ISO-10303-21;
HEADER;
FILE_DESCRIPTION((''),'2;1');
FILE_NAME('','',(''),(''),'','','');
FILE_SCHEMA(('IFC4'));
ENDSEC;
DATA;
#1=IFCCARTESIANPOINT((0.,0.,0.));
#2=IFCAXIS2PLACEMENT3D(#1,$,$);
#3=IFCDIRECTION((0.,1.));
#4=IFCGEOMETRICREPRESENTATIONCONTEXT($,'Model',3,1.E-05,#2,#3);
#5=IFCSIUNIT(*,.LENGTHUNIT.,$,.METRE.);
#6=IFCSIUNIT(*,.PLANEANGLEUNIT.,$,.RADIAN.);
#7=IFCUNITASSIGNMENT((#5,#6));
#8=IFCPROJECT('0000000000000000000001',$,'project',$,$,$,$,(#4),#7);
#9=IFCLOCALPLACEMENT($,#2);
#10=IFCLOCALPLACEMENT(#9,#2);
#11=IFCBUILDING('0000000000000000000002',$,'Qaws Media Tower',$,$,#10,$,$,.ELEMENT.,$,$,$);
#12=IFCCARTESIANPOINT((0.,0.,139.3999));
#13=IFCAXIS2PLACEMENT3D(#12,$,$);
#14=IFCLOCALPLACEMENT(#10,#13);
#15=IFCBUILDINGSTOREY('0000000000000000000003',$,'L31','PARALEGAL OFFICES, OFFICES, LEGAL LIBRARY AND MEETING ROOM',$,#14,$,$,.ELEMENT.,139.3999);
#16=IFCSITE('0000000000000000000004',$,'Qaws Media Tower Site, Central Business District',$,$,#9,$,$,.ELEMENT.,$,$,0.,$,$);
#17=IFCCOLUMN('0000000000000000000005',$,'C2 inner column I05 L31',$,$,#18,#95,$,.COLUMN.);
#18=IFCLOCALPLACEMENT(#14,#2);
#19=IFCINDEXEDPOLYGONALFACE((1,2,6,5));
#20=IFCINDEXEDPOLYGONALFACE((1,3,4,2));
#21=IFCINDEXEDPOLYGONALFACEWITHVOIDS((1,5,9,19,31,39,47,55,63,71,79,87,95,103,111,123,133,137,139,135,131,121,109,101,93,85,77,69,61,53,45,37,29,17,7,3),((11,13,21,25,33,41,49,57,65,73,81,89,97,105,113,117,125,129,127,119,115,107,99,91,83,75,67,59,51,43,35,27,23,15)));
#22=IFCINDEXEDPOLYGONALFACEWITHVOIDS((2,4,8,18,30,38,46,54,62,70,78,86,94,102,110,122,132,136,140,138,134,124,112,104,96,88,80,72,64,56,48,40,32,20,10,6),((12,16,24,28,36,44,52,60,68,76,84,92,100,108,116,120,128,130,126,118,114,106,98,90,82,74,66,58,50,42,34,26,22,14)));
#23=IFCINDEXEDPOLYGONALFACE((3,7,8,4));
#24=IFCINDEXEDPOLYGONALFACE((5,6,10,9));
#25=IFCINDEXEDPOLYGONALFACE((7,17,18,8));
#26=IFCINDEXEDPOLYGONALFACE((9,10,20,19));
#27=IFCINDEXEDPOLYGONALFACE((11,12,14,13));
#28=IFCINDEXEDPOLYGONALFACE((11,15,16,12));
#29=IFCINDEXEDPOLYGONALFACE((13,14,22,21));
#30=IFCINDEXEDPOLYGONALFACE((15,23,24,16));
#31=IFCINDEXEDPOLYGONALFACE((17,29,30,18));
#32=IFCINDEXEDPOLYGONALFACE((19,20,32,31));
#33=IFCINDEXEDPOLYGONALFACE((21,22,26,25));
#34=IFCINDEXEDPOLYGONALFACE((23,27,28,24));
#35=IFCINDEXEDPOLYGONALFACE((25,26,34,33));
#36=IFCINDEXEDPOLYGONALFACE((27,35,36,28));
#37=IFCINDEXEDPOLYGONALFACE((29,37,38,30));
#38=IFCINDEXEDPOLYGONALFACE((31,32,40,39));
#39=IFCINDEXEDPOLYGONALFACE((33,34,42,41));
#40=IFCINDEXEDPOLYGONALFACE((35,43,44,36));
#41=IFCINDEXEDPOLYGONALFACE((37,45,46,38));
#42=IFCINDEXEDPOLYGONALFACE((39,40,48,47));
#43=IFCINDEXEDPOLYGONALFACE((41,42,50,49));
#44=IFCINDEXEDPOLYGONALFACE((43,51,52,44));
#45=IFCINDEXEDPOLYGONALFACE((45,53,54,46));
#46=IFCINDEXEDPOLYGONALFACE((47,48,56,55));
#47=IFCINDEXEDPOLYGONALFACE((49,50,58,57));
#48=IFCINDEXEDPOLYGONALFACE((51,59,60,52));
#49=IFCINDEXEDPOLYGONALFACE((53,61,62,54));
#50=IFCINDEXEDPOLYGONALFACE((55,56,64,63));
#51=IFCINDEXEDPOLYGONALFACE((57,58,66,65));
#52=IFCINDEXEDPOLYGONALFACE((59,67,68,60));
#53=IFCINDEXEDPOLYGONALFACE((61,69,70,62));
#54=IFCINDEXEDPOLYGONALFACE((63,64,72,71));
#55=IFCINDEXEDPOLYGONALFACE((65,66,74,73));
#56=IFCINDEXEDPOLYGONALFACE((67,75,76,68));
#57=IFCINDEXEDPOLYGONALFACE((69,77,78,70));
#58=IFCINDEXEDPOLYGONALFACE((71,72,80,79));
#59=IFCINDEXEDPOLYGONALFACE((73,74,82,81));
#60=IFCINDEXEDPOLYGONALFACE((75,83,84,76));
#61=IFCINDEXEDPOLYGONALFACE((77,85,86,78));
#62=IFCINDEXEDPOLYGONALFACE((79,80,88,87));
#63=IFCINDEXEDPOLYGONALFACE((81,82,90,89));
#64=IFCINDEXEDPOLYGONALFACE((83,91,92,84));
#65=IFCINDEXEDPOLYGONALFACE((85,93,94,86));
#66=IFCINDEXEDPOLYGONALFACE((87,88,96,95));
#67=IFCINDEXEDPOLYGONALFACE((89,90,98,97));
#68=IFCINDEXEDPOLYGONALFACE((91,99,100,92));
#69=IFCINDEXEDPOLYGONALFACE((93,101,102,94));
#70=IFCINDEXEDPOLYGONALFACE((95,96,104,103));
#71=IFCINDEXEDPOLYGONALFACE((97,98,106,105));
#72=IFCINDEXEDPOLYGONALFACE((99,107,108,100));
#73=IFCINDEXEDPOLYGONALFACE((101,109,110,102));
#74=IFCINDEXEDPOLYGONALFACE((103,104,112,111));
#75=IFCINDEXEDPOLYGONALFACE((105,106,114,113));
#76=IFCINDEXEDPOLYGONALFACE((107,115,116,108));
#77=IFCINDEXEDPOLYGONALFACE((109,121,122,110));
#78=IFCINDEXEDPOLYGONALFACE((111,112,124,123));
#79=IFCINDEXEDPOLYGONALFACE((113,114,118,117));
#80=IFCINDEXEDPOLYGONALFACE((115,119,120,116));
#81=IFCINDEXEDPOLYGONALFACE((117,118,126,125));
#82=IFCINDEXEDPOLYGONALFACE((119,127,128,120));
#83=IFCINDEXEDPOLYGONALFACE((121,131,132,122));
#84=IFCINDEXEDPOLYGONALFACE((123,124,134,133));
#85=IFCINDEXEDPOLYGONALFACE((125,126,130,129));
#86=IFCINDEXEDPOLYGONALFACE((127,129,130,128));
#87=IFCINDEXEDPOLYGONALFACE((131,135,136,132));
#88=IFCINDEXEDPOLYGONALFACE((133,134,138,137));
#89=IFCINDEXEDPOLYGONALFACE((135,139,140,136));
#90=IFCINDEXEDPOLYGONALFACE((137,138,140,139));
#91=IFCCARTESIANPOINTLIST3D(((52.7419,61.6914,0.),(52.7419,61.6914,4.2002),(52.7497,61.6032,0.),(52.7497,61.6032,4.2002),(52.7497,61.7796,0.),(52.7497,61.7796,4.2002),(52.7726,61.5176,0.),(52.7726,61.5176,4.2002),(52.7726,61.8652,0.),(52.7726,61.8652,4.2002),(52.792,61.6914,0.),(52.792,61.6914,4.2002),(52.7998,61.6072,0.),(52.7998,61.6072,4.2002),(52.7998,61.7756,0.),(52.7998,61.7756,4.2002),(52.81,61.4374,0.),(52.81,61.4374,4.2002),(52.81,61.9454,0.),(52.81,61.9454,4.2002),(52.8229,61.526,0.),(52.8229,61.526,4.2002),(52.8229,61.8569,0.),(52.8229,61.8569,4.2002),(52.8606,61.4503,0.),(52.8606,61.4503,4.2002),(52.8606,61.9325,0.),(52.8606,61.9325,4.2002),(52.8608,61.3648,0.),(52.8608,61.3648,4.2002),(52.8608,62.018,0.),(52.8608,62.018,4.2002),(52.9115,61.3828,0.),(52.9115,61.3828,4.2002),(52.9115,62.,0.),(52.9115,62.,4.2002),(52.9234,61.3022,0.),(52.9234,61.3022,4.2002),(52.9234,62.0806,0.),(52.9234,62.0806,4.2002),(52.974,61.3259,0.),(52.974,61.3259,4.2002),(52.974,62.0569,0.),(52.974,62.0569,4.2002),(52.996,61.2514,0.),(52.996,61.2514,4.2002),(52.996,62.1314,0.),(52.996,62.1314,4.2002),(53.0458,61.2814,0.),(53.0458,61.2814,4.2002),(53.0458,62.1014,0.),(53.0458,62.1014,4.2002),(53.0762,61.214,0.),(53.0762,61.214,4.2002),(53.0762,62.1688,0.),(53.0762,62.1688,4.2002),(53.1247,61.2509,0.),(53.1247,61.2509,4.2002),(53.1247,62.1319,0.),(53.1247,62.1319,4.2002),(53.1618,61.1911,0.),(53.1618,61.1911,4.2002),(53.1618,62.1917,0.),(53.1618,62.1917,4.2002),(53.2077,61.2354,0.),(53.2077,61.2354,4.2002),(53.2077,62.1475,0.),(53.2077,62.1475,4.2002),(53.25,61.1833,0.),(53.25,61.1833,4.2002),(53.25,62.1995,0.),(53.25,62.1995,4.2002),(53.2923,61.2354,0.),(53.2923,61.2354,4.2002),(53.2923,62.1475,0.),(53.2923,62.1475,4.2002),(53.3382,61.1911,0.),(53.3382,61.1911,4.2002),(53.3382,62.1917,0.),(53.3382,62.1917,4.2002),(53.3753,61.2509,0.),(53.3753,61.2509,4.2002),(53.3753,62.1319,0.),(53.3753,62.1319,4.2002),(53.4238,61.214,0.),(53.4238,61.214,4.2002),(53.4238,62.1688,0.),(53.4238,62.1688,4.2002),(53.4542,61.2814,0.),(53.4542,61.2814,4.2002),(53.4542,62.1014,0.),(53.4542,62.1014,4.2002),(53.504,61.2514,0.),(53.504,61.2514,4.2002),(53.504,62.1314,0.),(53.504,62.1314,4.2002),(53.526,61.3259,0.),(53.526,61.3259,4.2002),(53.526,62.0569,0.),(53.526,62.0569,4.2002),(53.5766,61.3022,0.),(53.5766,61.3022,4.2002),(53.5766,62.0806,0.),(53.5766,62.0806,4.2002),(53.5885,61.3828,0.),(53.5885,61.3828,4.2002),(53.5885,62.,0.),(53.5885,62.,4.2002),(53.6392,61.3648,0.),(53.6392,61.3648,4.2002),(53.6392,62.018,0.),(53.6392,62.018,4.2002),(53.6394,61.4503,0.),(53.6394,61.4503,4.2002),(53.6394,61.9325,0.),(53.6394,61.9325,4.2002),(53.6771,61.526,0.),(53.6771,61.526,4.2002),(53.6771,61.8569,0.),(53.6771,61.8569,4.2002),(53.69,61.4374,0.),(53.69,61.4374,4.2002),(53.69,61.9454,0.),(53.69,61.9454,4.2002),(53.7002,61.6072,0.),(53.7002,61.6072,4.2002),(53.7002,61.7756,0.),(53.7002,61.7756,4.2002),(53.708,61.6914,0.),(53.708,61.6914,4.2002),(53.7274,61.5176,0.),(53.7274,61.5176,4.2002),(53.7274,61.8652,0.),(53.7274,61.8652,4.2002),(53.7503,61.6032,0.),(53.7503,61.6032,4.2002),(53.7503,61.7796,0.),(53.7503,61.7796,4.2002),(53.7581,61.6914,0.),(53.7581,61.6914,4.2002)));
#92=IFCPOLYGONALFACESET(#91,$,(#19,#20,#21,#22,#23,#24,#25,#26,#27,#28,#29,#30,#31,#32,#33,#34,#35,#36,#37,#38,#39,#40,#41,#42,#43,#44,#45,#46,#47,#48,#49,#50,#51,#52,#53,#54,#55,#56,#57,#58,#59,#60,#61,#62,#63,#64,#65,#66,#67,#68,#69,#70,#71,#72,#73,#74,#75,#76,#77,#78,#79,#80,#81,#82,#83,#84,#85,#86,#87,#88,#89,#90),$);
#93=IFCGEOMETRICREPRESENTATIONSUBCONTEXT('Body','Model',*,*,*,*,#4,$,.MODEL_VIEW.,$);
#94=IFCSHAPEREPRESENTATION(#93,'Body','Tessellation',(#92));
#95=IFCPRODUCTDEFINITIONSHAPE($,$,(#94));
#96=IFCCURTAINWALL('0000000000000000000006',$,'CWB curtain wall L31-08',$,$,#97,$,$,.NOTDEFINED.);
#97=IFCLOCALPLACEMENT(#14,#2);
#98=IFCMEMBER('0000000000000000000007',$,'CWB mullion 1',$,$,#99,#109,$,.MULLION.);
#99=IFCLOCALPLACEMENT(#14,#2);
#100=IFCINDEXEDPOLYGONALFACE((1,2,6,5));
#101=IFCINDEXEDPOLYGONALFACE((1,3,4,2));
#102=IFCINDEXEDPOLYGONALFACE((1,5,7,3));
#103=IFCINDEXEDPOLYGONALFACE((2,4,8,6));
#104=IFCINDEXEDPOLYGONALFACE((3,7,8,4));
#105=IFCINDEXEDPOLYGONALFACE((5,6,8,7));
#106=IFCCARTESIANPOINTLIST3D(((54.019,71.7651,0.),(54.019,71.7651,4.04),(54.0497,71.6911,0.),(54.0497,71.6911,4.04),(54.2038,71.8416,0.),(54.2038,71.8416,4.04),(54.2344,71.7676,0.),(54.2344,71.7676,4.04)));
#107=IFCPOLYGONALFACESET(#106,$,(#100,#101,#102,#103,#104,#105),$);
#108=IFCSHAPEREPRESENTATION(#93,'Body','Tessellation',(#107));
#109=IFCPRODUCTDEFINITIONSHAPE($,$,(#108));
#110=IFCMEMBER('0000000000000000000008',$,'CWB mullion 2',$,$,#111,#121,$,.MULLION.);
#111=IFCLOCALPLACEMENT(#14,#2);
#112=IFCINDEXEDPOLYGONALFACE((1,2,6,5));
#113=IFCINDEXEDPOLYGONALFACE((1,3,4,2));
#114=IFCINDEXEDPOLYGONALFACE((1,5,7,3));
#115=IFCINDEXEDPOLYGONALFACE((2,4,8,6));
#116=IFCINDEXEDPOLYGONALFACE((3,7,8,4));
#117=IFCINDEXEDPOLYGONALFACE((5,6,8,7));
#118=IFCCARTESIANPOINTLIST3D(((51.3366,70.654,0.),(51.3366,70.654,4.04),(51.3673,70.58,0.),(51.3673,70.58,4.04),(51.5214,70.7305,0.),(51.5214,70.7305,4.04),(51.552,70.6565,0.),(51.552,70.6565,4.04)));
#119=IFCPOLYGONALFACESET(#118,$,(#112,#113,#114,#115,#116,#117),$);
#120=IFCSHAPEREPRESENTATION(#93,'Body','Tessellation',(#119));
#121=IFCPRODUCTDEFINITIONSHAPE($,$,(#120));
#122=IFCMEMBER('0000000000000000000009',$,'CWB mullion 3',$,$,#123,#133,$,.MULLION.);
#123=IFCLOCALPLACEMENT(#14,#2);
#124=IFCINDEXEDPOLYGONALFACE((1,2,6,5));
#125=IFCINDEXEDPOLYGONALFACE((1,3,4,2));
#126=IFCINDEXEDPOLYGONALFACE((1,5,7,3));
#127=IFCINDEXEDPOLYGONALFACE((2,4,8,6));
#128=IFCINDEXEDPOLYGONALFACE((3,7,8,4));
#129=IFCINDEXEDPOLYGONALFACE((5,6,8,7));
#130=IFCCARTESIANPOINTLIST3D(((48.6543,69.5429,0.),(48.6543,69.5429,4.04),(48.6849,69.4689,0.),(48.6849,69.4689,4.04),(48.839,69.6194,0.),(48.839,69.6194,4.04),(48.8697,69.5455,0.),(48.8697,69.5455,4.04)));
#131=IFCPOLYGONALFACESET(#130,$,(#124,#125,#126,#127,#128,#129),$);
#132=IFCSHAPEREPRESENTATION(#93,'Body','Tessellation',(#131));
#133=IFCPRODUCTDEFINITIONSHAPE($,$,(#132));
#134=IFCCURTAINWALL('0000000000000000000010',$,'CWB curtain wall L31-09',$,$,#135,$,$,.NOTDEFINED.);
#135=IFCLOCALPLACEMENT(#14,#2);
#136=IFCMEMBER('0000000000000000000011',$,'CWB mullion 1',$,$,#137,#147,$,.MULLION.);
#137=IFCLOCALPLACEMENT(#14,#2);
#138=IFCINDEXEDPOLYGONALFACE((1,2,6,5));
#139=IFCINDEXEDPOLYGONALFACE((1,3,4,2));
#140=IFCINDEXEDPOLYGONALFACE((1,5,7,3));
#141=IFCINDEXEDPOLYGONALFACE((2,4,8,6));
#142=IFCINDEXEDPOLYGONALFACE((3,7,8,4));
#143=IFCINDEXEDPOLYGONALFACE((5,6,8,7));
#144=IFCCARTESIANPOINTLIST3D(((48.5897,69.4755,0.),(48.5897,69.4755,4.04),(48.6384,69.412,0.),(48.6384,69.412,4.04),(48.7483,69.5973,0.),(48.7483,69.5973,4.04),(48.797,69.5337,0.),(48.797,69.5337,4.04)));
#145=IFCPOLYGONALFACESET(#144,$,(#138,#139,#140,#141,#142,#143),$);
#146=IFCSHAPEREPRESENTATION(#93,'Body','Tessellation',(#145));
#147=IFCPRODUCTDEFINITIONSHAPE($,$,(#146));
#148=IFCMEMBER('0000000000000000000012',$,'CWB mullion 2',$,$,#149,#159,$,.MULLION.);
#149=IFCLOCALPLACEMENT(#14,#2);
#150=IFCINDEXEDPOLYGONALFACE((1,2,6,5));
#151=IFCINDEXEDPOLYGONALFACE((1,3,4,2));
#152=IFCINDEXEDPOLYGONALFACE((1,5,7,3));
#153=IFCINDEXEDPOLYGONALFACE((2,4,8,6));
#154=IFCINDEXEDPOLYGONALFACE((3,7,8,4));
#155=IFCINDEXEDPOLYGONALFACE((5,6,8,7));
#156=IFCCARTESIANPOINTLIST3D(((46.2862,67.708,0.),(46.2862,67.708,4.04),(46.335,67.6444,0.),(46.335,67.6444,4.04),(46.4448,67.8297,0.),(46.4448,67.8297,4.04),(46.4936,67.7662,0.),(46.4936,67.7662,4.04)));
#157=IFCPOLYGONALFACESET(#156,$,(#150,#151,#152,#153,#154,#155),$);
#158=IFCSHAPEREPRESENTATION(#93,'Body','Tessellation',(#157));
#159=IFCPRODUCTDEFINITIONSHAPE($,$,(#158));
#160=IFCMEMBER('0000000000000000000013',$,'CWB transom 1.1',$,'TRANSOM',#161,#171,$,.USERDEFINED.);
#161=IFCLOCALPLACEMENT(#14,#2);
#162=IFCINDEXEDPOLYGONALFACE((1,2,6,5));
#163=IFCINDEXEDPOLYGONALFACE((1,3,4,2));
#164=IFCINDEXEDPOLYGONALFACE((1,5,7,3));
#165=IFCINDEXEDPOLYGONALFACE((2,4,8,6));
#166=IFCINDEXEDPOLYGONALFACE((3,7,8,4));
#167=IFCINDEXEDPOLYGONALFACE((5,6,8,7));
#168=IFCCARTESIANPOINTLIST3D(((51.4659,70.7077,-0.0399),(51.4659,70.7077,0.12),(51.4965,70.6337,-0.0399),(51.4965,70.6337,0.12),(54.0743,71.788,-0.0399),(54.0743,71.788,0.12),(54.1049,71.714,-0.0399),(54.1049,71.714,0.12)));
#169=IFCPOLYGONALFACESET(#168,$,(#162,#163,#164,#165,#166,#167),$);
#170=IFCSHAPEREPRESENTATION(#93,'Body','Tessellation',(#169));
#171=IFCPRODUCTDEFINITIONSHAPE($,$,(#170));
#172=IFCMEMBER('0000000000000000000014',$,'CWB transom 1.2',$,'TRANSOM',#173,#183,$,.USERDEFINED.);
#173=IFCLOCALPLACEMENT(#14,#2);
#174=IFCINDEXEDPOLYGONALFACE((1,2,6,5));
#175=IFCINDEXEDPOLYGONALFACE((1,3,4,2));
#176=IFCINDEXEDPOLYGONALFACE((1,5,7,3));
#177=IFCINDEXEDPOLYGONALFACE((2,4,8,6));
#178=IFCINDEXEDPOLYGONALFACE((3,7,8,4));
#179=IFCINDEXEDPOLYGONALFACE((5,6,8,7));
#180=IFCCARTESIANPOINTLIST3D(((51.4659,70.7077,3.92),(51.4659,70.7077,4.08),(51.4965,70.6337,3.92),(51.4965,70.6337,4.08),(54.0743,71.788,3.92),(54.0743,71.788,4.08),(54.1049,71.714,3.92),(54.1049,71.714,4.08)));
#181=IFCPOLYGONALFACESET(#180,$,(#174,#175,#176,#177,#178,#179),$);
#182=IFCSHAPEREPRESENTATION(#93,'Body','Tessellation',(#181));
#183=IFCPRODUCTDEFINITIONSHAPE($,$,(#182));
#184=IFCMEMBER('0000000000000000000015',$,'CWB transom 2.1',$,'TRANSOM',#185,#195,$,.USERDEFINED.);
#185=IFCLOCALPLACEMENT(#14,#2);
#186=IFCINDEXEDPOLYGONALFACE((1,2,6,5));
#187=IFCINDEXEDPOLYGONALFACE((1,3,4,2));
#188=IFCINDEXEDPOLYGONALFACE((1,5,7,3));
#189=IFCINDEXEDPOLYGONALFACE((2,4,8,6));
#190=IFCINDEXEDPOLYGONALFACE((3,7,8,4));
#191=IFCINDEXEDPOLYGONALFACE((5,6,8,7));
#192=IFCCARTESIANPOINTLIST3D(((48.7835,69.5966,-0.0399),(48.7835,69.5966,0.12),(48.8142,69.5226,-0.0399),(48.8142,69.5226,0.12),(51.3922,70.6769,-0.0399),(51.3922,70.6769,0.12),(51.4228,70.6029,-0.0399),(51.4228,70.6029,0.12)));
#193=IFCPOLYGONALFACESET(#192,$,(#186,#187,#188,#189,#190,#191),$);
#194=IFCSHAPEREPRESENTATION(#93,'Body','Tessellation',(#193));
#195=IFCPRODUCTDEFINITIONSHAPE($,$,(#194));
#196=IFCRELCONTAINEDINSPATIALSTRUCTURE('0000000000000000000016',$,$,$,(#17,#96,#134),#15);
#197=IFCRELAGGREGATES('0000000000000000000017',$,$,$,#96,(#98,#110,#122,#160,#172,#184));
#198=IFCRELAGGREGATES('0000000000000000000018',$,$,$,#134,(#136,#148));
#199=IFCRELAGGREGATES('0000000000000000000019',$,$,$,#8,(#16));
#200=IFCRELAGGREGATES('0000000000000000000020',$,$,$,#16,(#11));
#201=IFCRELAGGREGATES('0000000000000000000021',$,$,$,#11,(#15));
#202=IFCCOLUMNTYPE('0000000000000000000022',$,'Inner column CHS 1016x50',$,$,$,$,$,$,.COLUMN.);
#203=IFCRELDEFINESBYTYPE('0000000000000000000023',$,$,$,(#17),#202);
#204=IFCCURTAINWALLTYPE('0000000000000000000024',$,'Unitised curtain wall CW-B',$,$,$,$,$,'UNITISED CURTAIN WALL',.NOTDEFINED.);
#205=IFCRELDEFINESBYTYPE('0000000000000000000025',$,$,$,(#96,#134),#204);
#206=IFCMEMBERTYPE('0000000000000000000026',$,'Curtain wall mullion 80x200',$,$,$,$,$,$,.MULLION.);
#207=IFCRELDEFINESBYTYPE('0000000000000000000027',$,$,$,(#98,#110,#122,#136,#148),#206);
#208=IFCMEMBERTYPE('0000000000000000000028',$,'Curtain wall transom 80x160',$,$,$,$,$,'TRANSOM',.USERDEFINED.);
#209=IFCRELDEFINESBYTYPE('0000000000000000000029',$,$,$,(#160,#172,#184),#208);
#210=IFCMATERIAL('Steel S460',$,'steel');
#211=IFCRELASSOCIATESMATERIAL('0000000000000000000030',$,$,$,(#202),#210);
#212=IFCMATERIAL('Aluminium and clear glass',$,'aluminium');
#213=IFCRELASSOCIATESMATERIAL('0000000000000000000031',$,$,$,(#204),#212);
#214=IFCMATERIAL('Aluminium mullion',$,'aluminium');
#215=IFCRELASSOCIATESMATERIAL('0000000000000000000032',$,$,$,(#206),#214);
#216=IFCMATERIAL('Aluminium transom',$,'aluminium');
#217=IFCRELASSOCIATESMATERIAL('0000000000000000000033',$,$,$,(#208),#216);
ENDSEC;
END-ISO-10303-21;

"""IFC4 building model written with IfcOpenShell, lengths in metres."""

from ifc_helpers import new_model, si_unit, direction, frame, origin, origin_2d, place, context, subcontext, project, spatial, rectangle, hollow_circle, extrude, material, material_profile, profile_set, type_object, element, aggregate, save


model = new_model("IFC4")

# Units and contexts
model_context = context("Model", 3, precision=1e-05, world=origin(), true_north=direction((0.0, 1.0)))
body_context = subcontext(model_context, "Body", "Model", "MODEL_VIEW")
ifc_project = project(units=[si_unit("LENGTHUNIT", "METRE"), si_unit("PLANEANGLEUNIT", "RADIAN")], contexts=[model_context])

# Site, building, storey
site_placement = place(None, origin())
site = spatial("IfcSite", under=ifc_project, at=site_placement, Name="Qaws Media Tower Site, Central Business District", CompositionType="ELEMENT", RefElevation=0.0)
building_placement = place(site_placement, origin())
building = spatial("IfcBuilding", under=site, at=building_placement, Name="Qaws Media Tower", CompositionType="ELEMENT")
storey_placement = place(building_placement, frame((0.0, 0.0, 139.3999)))
storey = spatial("IfcBuildingStorey", under=building, at=storey_placement, Name="L31", Description="PARALEGAL OFFICES, OFFICES, LEGAL LIBRARY AND MEETING ROOM", CompositionType="ELEMENT", Elevation=139.3999)

# Column
ifc_material_1 = material(Name="Steel S460", Category="steel")
ifc_material_profile_1 = material_profile(ifc_material_1, hollow_circle(Radius=0.5081, WallThickness=0.05, at=origin_2d()), Name="CHS 1016x50")
ifc_profile_set_1 = profile_set([ifc_material_profile_1], Name="Steel S460")
column_type = type_object("IfcColumnType", Name="Inner column CHS 1016x50", PredefinedType="COLUMN", material=ifc_profile_set_1)
column_placement = place(storey_placement, frame((53.25, 61.6914, 0.0), z_axis=(0.0, 0.0, 1.0), x_axis=(1.0, 0.0, 0.0)))
element("IfcColumn", 1, at=column_placement, inside=storey, type_object=column_type, Name="C2 inner column I05 L31", PredefinedType="COLUMN", context=body_context, shape_type="SweptSolid", body=[
    extrude(hollow_circle(Radius=0.5081, WallThickness=0.05, at=origin_2d()), origin(), (0.0, 0.0, 1.0), 4.2002),
])

# Curtain walls, members
ifc_material_2 = material(Name="Aluminium and clear glass", Category="aluminium")
curtain_wall_type = type_object("IfcCurtainWallType", Name="Unitised curtain wall CW-B", ElementType="UNITISED CURTAIN WALL", PredefinedType="NOTDEFINED", material=ifc_material_2)
curtain_wall_1_placement = place(storey_placement, origin())
curtain_wall_1 = element("IfcCurtainWall", 2, at=curtain_wall_1_placement, inside=storey, type_object=curtain_wall_type, Name="CWB curtain wall L31-08", PredefinedType="NOTDEFINED")
ifc_material_3 = material(Name="Aluminium mullion", Category="aluminium")
ifc_material_profile_2 = material_profile(ifc_material_3, rectangle(XDim=0.0801, YDim=0.2, at=origin_2d()), Name="80x200")
ifc_profile_set_2 = profile_set([ifc_material_profile_2], Name="Aluminium mullion")
member_type_1 = type_object("IfcMemberType", Name="Curtain wall mullion 80x200", PredefinedType="MULLION", material=ifc_profile_set_2)
member_1_placement = place(storey_placement, frame((54.1267, 71.7664, 0.0), z_axis=(0.0, 0.0, 1.0), x_axis=(0.382683, -0.92388, 0.0)))
member_1 = element("IfcMember", 3, at=member_1_placement, type_object=member_type_1, Name="CWB mullion 1", PredefinedType="MULLION", context=body_context, shape_type="SweptSolid", body=[
    extrude(rectangle(XDim=0.0801, YDim=0.2, at=origin_2d()), origin(), (0.0, 0.0, 1.0), 4.04),
])
member_2_placement = place(storey_placement, frame((51.4443, 70.6553, 0.0), z_axis=(0.0, 0.0, 1.0), x_axis=(0.382683, -0.92388, 0.0)))
member_2 = element("IfcMember", 4, at=member_2_placement, type_object=member_type_1, Name="CWB mullion 2", PredefinedType="MULLION", context=body_context, shape_type="SweptSolid", body=[
    extrude(rectangle(XDim=0.0801, YDim=0.2, at=origin_2d()), origin(), (0.0, 0.0, 1.0), 4.04),
])
member_3_placement = place(storey_placement, frame((48.762, 69.5442, 0.0), z_axis=(0.0, 0.0, 1.0), x_axis=(0.382683, -0.92388, 0.0)))
member_3 = element("IfcMember", 5, at=member_3_placement, type_object=member_type_1, Name="CWB mullion 3", PredefinedType="MULLION", context=body_context, shape_type="SweptSolid", body=[
    extrude(rectangle(XDim=0.0801, YDim=0.2, at=origin_2d()), origin(), (0.0, 0.0, 1.0), 4.04),
])
curtain_wall_2_placement = place(storey_placement, origin())
curtain_wall_2 = element("IfcCurtainWall", 6, at=curtain_wall_2_placement, inside=storey, type_object=curtain_wall_type, Name="CWB curtain wall L31-09", PredefinedType="NOTDEFINED")
member_4_placement = place(storey_placement, frame((48.6934, 69.5046, 0.0), z_axis=(0.0, 0.0, 1.0), x_axis=(0.608761, -0.793353, 0.0)))
member_4 = element("IfcMember", 7, at=member_4_placement, type_object=member_type_1, Name="CWB mullion 1", PredefinedType="MULLION", context=body_context, shape_type="SweptSolid", body=[
    extrude(rectangle(XDim=0.0801, YDim=0.2, at=origin_2d()), origin(), (0.0, 0.0, 1.0), 4.04),
])
member_5_placement = place(storey_placement, frame((46.3899, 67.7371, 0.0), z_axis=(0.0, 0.0, 1.0), x_axis=(0.608761, -0.793353, 0.0)))
member_5 = element("IfcMember", 8, at=member_5_placement, type_object=member_type_1, Name="CWB mullion 2", PredefinedType="MULLION", context=body_context, shape_type="SweptSolid", body=[
    extrude(rectangle(XDim=0.0801, YDim=0.2, at=origin_2d()), origin(), (0.0, 0.0, 1.0), 4.04),
])

# Members
ifc_material_4 = material(Name="Aluminium transom", Category="aluminium")
ifc_material_profile_3 = material_profile(ifc_material_4, rectangle(XDim=0.0801, YDim=0.1599, at=origin_2d()), Name="80x160")
ifc_profile_set_3 = profile_set([ifc_material_profile_3], Name="Aluminium transom")
member_type_2 = type_object("IfcMemberType", Name="Curtain wall transom 80x160", ElementType="TRANSOM", PredefinedType="USERDEFINED", material=ifc_profile_set_3)
member_6_placement = place(storey_placement, frame((54.0896, 71.751, 0.04), z_axis=(-0.923894, -0.38265, 0.0), x_axis=(0.38265, -0.923894, 0.0)))
member_6 = element("IfcMember", 9, at=member_6_placement, type_object=member_type_2, Name="CWB transom 1.1", ObjectType="TRANSOM", PredefinedType="USERDEFINED", context=body_context, shape_type="SweptSolid", body=[
    extrude(rectangle(XDim=0.0801, YDim=0.1599, at=origin_2d()), origin(), (0.0, 0.0, 1.0), 2.8232),
])
member_7_placement = place(storey_placement, frame((54.0896, 71.751, 4.0), z_axis=(-0.923894, -0.38265, 0.0), x_axis=(0.38265, -0.923894, 0.0)))
member_7 = element("IfcMember", 10, at=member_7_placement, type_object=member_type_2, Name="CWB transom 1.2", ObjectType="TRANSOM", PredefinedType="USERDEFINED", context=body_context, shape_type="SweptSolid", body=[
    extrude(rectangle(XDim=0.0801, YDim=0.1599, at=origin_2d()), origin(), (0.0, 0.0, 1.0), 2.8232),
])
member_8_placement = place(storey_placement, frame((51.4075, 70.6399, 0.04), z_axis=(-0.923906, -0.382619, 0.0), x_axis=(0.382619, -0.923906, 0.0)))
member_8 = element("IfcMember", 11, at=member_8_placement, type_object=member_type_2, Name="CWB transom 2.1", ObjectType="TRANSOM", PredefinedType="USERDEFINED", context=body_context, shape_type="SweptSolid", body=[
    extrude(rectangle(XDim=0.0801, YDim=0.1599, at=origin_2d()), origin(), (0.0, 0.0, 1.0), 2.8235),
])

aggregate(curtain_wall_1, [member_1, member_2, member_3, member_6, member_7, member_8])
aggregate(curtain_wall_2, [member_4, member_5])

save(model, "model.ifc")
